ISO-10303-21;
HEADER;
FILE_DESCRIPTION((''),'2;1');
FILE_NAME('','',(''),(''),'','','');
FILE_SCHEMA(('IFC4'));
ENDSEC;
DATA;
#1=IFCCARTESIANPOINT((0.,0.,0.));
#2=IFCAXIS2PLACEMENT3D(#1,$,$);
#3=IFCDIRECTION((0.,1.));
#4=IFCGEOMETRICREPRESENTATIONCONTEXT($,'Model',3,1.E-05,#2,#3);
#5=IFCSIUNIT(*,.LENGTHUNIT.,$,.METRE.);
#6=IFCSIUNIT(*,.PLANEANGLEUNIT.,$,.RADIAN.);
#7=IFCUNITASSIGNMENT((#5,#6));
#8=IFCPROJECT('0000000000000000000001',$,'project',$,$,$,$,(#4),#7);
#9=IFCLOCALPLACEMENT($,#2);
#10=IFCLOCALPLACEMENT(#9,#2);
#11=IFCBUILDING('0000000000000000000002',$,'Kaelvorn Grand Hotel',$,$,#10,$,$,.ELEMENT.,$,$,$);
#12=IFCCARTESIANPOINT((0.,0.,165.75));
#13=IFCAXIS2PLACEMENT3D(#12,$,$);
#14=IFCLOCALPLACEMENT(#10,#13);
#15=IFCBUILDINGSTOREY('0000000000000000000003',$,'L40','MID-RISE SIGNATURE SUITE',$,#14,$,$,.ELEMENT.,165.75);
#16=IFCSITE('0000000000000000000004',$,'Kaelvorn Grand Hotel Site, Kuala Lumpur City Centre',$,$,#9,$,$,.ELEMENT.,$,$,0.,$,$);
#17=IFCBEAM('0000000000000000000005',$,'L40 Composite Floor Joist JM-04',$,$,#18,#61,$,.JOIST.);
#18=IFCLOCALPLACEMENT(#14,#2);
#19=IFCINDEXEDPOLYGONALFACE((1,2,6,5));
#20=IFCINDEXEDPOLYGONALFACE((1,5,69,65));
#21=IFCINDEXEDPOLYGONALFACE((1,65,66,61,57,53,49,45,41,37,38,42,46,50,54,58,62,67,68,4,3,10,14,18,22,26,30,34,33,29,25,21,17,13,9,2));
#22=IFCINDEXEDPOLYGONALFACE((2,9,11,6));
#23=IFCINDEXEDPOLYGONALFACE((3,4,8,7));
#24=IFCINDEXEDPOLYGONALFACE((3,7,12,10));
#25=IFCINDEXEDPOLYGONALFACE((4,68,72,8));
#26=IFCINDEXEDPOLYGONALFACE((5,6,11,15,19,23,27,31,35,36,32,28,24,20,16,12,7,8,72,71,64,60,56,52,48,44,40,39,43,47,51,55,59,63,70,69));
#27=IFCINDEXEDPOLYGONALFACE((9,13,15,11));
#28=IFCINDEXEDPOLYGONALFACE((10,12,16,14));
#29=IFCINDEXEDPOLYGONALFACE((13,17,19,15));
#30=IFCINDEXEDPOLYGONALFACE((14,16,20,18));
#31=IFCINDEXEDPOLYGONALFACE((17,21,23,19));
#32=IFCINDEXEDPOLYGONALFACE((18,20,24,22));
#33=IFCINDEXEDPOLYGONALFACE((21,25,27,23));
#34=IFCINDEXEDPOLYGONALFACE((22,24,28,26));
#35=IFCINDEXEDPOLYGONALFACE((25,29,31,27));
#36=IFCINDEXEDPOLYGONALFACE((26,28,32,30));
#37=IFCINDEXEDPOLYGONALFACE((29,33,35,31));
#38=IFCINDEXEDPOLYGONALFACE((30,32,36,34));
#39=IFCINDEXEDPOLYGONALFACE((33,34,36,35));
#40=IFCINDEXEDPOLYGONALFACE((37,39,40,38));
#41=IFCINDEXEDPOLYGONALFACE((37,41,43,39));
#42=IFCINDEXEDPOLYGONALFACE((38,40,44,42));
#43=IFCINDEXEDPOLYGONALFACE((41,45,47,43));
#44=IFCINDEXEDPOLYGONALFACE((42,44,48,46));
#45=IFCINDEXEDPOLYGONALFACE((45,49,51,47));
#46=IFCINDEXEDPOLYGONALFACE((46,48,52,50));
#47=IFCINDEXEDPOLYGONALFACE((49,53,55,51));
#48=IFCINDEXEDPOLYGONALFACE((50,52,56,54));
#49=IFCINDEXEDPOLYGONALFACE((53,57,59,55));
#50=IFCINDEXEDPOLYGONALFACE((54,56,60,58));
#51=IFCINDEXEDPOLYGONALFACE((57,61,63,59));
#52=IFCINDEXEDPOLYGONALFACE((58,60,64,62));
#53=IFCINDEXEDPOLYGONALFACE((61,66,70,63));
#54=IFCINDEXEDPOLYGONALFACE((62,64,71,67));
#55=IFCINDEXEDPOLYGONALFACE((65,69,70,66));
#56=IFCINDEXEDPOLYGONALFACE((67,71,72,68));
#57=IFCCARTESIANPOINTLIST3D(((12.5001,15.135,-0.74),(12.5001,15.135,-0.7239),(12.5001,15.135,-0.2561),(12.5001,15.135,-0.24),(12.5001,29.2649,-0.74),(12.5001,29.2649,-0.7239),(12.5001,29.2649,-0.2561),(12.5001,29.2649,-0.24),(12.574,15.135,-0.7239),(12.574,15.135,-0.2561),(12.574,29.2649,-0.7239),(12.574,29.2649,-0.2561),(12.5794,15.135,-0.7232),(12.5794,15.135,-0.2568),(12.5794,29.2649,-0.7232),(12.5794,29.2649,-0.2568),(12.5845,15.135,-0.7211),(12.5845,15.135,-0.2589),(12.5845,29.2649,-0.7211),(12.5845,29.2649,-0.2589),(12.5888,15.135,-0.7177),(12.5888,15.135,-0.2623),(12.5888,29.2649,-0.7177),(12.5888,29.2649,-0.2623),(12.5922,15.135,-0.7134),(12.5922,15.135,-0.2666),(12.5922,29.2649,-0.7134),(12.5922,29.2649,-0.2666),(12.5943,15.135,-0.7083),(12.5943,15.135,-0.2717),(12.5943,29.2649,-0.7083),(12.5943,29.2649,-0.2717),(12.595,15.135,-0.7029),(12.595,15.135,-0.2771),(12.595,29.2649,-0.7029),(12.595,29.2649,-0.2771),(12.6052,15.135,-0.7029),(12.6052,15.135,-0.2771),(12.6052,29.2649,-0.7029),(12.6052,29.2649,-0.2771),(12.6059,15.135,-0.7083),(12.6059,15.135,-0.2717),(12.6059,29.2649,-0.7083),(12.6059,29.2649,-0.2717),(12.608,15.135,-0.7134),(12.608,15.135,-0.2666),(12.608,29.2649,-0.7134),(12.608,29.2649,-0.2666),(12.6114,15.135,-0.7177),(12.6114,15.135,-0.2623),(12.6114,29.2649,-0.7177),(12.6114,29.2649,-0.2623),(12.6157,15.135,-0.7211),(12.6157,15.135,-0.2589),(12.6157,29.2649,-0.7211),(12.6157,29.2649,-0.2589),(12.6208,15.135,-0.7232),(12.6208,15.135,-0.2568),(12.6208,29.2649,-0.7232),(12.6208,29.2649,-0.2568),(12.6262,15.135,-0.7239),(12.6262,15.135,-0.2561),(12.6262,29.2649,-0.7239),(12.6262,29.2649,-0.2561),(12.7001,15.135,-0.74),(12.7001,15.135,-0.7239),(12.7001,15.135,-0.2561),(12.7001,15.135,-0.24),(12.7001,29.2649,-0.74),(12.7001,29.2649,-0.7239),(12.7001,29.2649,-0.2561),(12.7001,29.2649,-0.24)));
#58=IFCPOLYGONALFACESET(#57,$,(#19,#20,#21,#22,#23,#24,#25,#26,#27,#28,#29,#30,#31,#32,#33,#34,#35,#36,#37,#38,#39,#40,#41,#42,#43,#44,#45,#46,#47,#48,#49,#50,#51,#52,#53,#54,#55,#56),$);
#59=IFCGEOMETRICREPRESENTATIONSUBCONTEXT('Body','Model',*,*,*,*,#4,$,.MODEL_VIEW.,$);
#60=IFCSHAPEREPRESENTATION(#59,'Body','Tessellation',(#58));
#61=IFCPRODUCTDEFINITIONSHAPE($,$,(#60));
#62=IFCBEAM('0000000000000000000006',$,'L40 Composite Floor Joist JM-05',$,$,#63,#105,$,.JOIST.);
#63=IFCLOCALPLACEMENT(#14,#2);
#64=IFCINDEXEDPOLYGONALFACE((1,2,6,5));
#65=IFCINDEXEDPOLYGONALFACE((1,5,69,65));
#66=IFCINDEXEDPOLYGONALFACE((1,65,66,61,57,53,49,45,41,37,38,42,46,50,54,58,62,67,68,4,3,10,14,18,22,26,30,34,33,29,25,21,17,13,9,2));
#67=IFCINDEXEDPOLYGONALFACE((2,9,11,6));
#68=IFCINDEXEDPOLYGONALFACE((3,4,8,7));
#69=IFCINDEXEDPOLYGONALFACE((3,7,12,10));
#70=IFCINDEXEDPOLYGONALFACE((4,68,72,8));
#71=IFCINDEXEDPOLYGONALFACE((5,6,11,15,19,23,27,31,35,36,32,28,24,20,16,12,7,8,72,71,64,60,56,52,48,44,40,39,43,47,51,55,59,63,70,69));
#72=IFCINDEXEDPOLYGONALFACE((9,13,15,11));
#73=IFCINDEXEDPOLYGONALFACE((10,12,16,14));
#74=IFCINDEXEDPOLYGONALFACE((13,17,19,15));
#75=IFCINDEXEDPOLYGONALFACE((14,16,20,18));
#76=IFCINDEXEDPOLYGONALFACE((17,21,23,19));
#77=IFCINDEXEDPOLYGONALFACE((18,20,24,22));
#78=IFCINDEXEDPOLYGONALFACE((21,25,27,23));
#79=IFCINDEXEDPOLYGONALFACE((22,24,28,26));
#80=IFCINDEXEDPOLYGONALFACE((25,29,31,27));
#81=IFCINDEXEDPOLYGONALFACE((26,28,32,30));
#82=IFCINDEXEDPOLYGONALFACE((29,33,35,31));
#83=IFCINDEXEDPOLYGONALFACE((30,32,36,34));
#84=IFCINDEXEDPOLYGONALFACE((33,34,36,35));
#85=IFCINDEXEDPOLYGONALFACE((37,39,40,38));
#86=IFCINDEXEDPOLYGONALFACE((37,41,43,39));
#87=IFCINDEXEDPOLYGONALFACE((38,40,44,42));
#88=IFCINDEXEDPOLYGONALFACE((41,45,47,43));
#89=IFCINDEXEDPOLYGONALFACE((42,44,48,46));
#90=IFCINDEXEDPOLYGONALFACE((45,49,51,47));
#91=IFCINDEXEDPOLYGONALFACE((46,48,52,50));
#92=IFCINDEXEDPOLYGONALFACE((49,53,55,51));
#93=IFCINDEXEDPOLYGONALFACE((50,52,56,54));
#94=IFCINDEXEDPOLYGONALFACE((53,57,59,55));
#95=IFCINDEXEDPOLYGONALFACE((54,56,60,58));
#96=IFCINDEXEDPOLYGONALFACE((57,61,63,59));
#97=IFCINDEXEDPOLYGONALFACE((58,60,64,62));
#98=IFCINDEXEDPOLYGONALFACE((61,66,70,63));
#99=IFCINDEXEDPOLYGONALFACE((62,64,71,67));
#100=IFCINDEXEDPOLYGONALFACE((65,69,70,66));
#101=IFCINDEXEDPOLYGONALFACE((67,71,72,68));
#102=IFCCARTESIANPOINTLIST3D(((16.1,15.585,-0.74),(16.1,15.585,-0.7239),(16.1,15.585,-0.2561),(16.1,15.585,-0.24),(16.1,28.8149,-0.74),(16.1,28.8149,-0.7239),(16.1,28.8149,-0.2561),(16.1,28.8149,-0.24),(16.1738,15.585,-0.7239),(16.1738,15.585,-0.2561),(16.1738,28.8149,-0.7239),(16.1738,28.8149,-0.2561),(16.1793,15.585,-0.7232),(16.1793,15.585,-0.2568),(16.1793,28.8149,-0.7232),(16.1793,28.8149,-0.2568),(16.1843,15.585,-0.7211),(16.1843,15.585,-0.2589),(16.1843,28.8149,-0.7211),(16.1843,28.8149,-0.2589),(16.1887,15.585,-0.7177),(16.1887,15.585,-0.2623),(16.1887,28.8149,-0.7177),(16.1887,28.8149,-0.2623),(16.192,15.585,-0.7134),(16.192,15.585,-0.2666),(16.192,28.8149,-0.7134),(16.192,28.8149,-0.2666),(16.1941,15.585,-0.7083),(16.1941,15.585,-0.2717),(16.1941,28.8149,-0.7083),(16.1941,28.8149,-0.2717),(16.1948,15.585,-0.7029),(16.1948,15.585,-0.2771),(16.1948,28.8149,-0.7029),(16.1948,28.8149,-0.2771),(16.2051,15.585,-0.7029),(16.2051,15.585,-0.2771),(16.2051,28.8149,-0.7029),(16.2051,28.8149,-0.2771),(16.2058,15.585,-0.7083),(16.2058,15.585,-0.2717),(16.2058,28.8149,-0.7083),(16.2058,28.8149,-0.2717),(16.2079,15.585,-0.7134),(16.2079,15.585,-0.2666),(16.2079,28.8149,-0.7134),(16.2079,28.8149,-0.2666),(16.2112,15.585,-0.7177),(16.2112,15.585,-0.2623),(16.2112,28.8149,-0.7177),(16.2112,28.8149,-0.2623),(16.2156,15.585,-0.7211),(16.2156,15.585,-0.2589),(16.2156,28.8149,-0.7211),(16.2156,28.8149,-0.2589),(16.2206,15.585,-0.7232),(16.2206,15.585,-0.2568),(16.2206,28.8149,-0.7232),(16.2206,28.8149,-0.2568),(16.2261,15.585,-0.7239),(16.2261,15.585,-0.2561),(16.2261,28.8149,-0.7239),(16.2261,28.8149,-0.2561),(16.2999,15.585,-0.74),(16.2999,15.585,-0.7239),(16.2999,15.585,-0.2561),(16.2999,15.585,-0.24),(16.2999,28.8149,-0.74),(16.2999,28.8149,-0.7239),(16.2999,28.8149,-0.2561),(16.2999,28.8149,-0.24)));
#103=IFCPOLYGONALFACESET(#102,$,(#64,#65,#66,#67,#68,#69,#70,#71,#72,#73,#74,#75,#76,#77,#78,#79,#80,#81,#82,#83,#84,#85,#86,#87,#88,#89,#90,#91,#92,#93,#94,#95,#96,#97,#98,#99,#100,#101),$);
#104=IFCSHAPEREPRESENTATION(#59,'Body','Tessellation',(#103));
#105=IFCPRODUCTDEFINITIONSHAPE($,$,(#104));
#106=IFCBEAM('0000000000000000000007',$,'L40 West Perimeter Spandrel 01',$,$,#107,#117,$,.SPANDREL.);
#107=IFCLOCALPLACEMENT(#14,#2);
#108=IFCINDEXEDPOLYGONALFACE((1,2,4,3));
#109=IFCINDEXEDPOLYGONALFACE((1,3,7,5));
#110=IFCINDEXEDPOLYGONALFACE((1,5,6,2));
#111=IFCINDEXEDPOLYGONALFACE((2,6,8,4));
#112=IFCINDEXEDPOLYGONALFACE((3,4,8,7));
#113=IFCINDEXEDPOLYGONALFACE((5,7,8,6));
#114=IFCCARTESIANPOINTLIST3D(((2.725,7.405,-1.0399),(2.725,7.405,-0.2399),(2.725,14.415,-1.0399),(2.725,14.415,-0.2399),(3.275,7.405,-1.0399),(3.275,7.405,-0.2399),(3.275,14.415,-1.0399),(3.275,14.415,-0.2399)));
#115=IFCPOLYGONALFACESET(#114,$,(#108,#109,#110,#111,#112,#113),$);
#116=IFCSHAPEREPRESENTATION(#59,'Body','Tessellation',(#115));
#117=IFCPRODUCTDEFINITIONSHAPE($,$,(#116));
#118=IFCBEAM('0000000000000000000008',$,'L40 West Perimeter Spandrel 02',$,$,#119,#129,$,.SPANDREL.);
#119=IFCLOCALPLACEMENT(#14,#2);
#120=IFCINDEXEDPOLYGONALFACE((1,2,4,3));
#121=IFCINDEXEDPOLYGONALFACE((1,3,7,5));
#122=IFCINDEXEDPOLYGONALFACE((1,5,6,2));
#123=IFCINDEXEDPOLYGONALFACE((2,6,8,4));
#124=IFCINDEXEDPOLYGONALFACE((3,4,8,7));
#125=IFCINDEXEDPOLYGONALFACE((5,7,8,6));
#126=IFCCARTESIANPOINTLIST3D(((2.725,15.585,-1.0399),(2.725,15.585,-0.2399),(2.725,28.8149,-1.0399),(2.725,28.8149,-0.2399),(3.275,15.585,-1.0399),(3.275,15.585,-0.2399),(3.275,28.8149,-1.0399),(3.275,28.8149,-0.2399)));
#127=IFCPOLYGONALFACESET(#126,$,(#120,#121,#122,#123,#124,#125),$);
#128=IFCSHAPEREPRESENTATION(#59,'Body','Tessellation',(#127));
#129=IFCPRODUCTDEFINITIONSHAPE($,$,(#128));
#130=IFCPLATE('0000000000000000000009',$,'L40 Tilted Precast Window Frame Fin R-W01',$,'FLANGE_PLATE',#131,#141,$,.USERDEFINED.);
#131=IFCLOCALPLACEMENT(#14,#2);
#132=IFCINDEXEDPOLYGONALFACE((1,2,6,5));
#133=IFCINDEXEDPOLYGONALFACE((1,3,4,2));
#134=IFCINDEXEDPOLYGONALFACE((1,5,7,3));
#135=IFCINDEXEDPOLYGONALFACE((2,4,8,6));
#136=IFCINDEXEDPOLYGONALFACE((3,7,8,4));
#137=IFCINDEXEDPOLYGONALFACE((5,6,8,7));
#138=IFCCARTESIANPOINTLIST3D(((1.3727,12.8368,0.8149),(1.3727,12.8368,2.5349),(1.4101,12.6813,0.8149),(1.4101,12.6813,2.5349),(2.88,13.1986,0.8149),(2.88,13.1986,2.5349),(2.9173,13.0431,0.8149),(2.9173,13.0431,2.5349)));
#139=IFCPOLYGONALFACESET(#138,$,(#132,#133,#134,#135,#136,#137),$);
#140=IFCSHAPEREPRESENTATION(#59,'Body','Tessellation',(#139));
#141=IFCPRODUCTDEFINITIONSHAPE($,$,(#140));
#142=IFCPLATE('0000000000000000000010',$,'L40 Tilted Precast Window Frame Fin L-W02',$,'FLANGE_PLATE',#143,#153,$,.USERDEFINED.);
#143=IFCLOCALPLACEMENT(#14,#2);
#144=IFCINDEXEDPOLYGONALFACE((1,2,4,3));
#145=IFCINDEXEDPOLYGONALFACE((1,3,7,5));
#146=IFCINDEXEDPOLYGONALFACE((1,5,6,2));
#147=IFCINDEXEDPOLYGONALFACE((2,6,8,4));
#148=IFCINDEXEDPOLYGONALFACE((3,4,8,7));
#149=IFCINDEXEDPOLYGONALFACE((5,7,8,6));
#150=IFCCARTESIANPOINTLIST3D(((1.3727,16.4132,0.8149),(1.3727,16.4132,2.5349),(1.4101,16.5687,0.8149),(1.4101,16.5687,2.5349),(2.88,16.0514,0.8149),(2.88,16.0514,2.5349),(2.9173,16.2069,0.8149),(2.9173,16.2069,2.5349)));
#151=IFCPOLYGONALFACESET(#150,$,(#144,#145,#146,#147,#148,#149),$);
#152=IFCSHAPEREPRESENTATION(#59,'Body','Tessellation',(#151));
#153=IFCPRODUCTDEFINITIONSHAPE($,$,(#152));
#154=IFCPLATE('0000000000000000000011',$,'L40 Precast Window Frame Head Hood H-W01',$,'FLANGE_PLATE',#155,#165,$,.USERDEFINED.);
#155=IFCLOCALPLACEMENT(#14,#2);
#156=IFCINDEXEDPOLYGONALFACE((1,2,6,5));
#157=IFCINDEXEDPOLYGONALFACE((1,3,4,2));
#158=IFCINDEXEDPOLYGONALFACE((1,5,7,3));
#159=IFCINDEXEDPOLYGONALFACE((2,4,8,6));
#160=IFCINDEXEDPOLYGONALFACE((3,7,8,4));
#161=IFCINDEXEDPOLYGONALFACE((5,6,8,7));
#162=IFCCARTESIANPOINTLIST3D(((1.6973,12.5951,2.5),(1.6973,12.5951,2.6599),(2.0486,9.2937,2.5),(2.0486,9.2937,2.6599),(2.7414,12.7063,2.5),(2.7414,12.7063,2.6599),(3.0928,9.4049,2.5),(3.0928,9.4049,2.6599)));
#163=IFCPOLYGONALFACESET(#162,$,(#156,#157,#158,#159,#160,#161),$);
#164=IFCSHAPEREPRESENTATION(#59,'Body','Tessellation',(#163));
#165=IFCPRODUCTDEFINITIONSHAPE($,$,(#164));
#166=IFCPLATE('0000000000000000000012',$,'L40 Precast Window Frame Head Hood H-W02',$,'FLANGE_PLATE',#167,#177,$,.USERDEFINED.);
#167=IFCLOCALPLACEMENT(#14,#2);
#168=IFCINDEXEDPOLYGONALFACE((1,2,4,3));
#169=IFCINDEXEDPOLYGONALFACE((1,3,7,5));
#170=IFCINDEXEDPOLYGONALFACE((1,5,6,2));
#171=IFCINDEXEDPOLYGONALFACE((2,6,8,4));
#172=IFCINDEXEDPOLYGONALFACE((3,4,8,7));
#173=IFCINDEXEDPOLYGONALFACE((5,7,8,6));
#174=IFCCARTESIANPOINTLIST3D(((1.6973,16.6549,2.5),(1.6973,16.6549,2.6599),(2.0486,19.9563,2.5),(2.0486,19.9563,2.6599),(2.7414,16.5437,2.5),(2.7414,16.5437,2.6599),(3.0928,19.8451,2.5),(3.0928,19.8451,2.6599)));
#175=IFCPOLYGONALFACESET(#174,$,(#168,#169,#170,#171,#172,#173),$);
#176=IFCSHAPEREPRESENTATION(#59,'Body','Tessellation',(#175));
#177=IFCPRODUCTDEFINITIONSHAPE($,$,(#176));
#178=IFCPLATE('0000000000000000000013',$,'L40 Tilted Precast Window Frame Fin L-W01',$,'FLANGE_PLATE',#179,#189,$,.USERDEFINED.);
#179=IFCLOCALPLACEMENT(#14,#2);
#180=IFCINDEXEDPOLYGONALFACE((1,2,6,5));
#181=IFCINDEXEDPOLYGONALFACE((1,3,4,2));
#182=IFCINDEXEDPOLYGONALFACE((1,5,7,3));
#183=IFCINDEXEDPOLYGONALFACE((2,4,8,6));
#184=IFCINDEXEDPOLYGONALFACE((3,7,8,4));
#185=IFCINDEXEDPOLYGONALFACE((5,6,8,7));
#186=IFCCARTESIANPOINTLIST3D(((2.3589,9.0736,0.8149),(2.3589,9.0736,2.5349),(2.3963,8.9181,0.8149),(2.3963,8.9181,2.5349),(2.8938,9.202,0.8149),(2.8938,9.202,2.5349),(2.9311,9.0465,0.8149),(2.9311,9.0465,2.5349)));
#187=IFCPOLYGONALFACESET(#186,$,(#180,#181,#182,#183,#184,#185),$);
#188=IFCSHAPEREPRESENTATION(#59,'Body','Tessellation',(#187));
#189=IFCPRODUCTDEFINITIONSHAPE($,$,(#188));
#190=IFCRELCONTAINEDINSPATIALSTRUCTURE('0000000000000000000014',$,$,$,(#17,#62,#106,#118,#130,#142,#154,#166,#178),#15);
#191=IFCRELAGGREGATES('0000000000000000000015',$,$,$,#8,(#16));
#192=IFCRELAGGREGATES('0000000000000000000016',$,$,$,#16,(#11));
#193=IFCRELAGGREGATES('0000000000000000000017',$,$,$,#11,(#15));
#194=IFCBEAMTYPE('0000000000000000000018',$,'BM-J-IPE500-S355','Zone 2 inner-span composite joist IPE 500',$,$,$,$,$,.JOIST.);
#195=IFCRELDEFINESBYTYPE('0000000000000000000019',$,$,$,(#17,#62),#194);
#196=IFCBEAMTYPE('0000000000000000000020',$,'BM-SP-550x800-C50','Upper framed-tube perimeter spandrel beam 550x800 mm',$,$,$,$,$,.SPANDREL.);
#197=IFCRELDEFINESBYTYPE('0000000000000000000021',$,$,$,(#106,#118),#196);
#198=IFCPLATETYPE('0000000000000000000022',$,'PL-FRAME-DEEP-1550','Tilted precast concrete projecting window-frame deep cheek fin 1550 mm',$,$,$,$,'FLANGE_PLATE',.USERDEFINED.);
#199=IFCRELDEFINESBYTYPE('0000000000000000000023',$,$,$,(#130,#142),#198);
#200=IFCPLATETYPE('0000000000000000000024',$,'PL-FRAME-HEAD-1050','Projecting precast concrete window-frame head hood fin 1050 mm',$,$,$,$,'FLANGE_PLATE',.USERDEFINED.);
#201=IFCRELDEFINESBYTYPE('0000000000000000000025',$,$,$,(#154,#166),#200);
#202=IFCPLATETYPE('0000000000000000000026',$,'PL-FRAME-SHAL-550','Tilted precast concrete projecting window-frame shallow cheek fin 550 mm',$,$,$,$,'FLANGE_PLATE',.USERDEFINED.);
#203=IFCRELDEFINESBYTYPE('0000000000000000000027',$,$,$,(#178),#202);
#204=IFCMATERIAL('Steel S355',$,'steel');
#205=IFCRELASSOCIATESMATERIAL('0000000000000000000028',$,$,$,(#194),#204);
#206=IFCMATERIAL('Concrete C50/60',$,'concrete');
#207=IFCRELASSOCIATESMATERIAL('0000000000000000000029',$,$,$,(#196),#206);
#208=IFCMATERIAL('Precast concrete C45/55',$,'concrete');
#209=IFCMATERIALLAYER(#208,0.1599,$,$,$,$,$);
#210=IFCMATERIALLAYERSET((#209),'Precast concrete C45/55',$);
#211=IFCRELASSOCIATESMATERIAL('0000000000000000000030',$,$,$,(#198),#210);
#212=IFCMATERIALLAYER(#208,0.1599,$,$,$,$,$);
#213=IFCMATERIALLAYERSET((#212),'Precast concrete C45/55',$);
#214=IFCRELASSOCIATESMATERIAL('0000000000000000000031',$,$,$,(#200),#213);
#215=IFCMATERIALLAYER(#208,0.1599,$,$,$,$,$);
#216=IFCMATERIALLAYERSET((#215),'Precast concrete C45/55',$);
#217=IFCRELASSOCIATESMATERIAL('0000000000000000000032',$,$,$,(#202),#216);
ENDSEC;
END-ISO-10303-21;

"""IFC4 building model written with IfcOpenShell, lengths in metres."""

from ifc_helpers import new_model, si_unit, direction, frame, origin, origin_2d, place, context, subcontext, project, spatial, rectangle, i_section, extrude, material, layer, layer_set, material_profile, profile_set, type_object, element, save


model = new_model("IFC4")

# Units and contexts
model_context = context("Model", 3, precision=1e-05, world=origin(), true_north=direction((0.0, 1.0)))
body_context = subcontext(model_context, "Body", "Model", "MODEL_VIEW")
ifc_project = project(units=[si_unit("LENGTHUNIT", "METRE"), si_unit("PLANEANGLEUNIT", "RADIAN")], contexts=[model_context])

# Site, building, storey
site_placement = place(None, origin())
site = spatial("IfcSite", under=ifc_project, at=site_placement, Name="Kaelvorn Grand Hotel Site, Kuala Lumpur City Centre", CompositionType="ELEMENT", RefElevation=0.0)
building_placement = place(site_placement, origin())
building = spatial("IfcBuilding", under=site, at=building_placement, Name="Kaelvorn Grand Hotel", CompositionType="ELEMENT")
storey_placement = place(building_placement, frame((0.0, 0.0, 165.75)))
storey = spatial("IfcBuildingStorey", under=building, at=storey_placement, Name="L40", Description="MID-RISE SIGNATURE SUITE", CompositionType="ELEMENT", Elevation=165.75)

# Beams
ifc_material_1 = material(Name="Steel S355", Category="steel")
ifc_material_profile_1 = material_profile(ifc_material_1, i_section(OverallWidth=0.2, OverallDepth=0.5, WebThickness=0.0103, FlangeThickness=0.0161, FilletRadius=0.021, at=origin_2d()), Name="IPE 500")
ifc_profile_set_1 = profile_set([ifc_material_profile_1], Name="Steel S355")
beam_type_1 = type_object("IfcBeamType", Name="BM-J-IPE500-S355", Description="Zone 2 inner-span composite joist IPE 500", PredefinedType="JOIST", material=ifc_profile_set_1)
beam_1_placement = place(storey_placement, frame((12.6001, 15.135, -0.49), z_axis=(0.0, 1.0, 0.0), x_axis=(-1.0, 0.0, 0.0)))
element("IfcBeam", 1, at=beam_1_placement, inside=storey, type_object=beam_type_1, Name="L40 Composite Floor Joist JM-04", PredefinedType="JOIST", context=body_context, shape_type="SweptSolid", body=[
    extrude(i_section(OverallWidth=0.2, OverallDepth=0.5, WebThickness=0.0103, FlangeThickness=0.0161, FilletRadius=0.021, at=origin_2d()), origin(), (0.0, 0.0, 1.0), 14.1299),
])
beam_2_placement = place(storey_placement, frame((16.2, 15.585, -0.49), z_axis=(0.0, 1.0, 0.0), x_axis=(-1.0, 0.0, 0.0)))
element("IfcBeam", 2, at=beam_2_placement, inside=storey, type_object=beam_type_1, Name="L40 Composite Floor Joist JM-05", PredefinedType="JOIST", context=body_context, shape_type="SweptSolid", body=[
    extrude(i_section(OverallWidth=0.2, OverallDepth=0.5, WebThickness=0.0103, FlangeThickness=0.0161, FilletRadius=0.021, at=origin_2d()), origin(), (0.0, 0.0, 1.0), 13.23),
])
ifc_material_2 = material(Name="Concrete C50/60", Category="concrete")
ifc_material_profile_2 = material_profile(ifc_material_2, rectangle(XDim=0.55, YDim=0.8, at=origin_2d()), Name="RC SPANDREL 550x800")
ifc_profile_set_2 = profile_set([ifc_material_profile_2], Name="Concrete C50/60")
beam_type_2 = type_object("IfcBeamType", Name="BM-SP-550x800-C50", Description="Upper framed-tube perimeter spandrel beam 550x800 mm", PredefinedType="SPANDREL", material=ifc_profile_set_2)
beam_3_placement = place(storey_placement, frame((3.0, 7.405, -0.6399), z_axis=(0.0, 1.0, 0.0), x_axis=(-1.0, 0.0, 0.0)))
element("IfcBeam", 3, at=beam_3_placement, inside=storey, type_object=beam_type_2, Name="L40 West Perimeter Spandrel 01", PredefinedType="SPANDREL", context=body_context, shape_type="SweptSolid", body=[
    extrude(rectangle(XDim=0.55, YDim=0.8, at=origin_2d()), origin(), (0.0, 0.0, 1.0), 7.01),
])
beam_4_placement = place(storey_placement, frame((3.0, 15.585, -0.6399), z_axis=(0.0, 1.0, 0.0), x_axis=(-1.0, 0.0, 0.0)))
element("IfcBeam", 4, at=beam_4_placement, inside=storey, type_object=beam_type_2, Name="L40 West Perimeter Spandrel 02", PredefinedType="SPANDREL", context=body_context, shape_type="SweptSolid", body=[
    extrude(rectangle(XDim=0.55, YDim=0.8, at=origin_2d()), origin(), (0.0, 0.0, 1.0), 13.23),
])

# Plates
ifc_material_3 = material(Name="Precast concrete C45/55", Category="concrete")
ifc_layer_1 = layer(ifc_material_3, 0.1599)
ifc_layer_set_1 = layer_set([ifc_layer_1], Name="Precast concrete C45/55")
plate_type_1 = type_object("IfcPlateType", Name="PL-FRAME-DEEP-1550", Description="Tilted precast concrete projecting window-frame deep cheek fin 1550 mm", ElementType="FLANGE_PLATE", PredefinedType="USERDEFINED", material=ifc_layer_set_1)
for number, where, z_axis, x_axis, name in (
    (5, (2.145, 12.9399, 0.8149), (0.0, 0.0, 1.0), (-0.233445, 0.97237, 0.0), "L40 Tilted Precast Window Frame Fin R-W01"),
    (6, (2.145, 16.3101, 0.8149), (0.0, 0.0, 1.0), (0.233445, 0.97237, 0.0), "L40 Tilted Precast Window Frame Fin L-W02"),
):
    element("IfcPlate", number, at=place(storey_placement, frame(where, z_axis=z_axis, x_axis=x_axis)), inside=storey, type_object=plate_type_1, Name=name, ObjectType="FLANGE_PLATE", PredefinedType="USERDEFINED", context=body_context, shape_type="SweptSolid", body=[
        extrude(rectangle(XDim=0.1599, YDim=1.55, at=origin_2d()), origin(), (0.0, 0.0, 1.0), 1.72),
    ])
ifc_layer_2 = layer(ifc_material_3, 0.1599)
ifc_layer_set_2 = layer_set([ifc_layer_2], Name="Precast concrete C45/55")
plate_type_2 = type_object("IfcPlateType", Name="PL-FRAME-HEAD-1050", Description="Projecting precast concrete window-frame head hood fin 1050 mm", ElementType="FLANGE_PLATE", PredefinedType="USERDEFINED", material=ifc_layer_set_2)
for number, where, z_axis, x_axis, name in (
    (7, (2.395, 11.0, 2.5), (0.0, 0.0, 1.0), (-0.10583, 0.994384, 0.0), "L40 Precast Window Frame Head Hood H-W01"),
    (8, (2.395, 18.25, 2.5), (0.0, 0.0, 1.0), (0.10583, 0.994384, 0.0), "L40 Precast Window Frame Head Hood H-W02"),
):
    element("IfcPlate", number, at=place(storey_placement, frame(where, z_axis=z_axis, x_axis=x_axis)), inside=storey, type_object=plate_type_2, Name=name, ObjectType="FLANGE_PLATE", PredefinedType="USERDEFINED", context=body_context, shape_type="SweptSolid", body=[
        extrude(rectangle(XDim=3.3201, YDim=1.05, at=origin_2d()), origin(), (0.0, 0.0, 1.0), 0.1599),
    ])
ifc_layer_3 = layer(ifc_material_3, 0.1599)
ifc_layer_set_3 = layer_set([ifc_layer_3], Name="Precast concrete C45/55")
plate_type_3 = type_object("IfcPlateType", Name="PL-FRAME-SHAL-550", Description="Tilted precast concrete projecting window-frame shallow cheek fin 550 mm", ElementType="FLANGE_PLATE", PredefinedType="USERDEFINED", material=ifc_layer_set_3)
for number, where, z_axis, x_axis, name in (
    (9, (2.645, 9.0601, 0.8149), (0.0, 0.0, 1.0), (-0.233445, 0.97237, 0.0), "L40 Tilted Precast Window Frame Fin L-W01"),
):
    element("IfcPlate", number, at=place(storey_placement, frame(where, z_axis=z_axis, x_axis=x_axis)), inside=storey, type_object=plate_type_3, Name=name, ObjectType="FLANGE_PLATE", PredefinedType="USERDEFINED", context=body_context, shape_type="SweptSolid", body=[
        extrude(rectangle(XDim=0.1599, YDim=0.55, at=origin_2d()), origin(), (0.0, 0.0, 1.0), 1.72),
    ])

save(model, "model.ifc")
